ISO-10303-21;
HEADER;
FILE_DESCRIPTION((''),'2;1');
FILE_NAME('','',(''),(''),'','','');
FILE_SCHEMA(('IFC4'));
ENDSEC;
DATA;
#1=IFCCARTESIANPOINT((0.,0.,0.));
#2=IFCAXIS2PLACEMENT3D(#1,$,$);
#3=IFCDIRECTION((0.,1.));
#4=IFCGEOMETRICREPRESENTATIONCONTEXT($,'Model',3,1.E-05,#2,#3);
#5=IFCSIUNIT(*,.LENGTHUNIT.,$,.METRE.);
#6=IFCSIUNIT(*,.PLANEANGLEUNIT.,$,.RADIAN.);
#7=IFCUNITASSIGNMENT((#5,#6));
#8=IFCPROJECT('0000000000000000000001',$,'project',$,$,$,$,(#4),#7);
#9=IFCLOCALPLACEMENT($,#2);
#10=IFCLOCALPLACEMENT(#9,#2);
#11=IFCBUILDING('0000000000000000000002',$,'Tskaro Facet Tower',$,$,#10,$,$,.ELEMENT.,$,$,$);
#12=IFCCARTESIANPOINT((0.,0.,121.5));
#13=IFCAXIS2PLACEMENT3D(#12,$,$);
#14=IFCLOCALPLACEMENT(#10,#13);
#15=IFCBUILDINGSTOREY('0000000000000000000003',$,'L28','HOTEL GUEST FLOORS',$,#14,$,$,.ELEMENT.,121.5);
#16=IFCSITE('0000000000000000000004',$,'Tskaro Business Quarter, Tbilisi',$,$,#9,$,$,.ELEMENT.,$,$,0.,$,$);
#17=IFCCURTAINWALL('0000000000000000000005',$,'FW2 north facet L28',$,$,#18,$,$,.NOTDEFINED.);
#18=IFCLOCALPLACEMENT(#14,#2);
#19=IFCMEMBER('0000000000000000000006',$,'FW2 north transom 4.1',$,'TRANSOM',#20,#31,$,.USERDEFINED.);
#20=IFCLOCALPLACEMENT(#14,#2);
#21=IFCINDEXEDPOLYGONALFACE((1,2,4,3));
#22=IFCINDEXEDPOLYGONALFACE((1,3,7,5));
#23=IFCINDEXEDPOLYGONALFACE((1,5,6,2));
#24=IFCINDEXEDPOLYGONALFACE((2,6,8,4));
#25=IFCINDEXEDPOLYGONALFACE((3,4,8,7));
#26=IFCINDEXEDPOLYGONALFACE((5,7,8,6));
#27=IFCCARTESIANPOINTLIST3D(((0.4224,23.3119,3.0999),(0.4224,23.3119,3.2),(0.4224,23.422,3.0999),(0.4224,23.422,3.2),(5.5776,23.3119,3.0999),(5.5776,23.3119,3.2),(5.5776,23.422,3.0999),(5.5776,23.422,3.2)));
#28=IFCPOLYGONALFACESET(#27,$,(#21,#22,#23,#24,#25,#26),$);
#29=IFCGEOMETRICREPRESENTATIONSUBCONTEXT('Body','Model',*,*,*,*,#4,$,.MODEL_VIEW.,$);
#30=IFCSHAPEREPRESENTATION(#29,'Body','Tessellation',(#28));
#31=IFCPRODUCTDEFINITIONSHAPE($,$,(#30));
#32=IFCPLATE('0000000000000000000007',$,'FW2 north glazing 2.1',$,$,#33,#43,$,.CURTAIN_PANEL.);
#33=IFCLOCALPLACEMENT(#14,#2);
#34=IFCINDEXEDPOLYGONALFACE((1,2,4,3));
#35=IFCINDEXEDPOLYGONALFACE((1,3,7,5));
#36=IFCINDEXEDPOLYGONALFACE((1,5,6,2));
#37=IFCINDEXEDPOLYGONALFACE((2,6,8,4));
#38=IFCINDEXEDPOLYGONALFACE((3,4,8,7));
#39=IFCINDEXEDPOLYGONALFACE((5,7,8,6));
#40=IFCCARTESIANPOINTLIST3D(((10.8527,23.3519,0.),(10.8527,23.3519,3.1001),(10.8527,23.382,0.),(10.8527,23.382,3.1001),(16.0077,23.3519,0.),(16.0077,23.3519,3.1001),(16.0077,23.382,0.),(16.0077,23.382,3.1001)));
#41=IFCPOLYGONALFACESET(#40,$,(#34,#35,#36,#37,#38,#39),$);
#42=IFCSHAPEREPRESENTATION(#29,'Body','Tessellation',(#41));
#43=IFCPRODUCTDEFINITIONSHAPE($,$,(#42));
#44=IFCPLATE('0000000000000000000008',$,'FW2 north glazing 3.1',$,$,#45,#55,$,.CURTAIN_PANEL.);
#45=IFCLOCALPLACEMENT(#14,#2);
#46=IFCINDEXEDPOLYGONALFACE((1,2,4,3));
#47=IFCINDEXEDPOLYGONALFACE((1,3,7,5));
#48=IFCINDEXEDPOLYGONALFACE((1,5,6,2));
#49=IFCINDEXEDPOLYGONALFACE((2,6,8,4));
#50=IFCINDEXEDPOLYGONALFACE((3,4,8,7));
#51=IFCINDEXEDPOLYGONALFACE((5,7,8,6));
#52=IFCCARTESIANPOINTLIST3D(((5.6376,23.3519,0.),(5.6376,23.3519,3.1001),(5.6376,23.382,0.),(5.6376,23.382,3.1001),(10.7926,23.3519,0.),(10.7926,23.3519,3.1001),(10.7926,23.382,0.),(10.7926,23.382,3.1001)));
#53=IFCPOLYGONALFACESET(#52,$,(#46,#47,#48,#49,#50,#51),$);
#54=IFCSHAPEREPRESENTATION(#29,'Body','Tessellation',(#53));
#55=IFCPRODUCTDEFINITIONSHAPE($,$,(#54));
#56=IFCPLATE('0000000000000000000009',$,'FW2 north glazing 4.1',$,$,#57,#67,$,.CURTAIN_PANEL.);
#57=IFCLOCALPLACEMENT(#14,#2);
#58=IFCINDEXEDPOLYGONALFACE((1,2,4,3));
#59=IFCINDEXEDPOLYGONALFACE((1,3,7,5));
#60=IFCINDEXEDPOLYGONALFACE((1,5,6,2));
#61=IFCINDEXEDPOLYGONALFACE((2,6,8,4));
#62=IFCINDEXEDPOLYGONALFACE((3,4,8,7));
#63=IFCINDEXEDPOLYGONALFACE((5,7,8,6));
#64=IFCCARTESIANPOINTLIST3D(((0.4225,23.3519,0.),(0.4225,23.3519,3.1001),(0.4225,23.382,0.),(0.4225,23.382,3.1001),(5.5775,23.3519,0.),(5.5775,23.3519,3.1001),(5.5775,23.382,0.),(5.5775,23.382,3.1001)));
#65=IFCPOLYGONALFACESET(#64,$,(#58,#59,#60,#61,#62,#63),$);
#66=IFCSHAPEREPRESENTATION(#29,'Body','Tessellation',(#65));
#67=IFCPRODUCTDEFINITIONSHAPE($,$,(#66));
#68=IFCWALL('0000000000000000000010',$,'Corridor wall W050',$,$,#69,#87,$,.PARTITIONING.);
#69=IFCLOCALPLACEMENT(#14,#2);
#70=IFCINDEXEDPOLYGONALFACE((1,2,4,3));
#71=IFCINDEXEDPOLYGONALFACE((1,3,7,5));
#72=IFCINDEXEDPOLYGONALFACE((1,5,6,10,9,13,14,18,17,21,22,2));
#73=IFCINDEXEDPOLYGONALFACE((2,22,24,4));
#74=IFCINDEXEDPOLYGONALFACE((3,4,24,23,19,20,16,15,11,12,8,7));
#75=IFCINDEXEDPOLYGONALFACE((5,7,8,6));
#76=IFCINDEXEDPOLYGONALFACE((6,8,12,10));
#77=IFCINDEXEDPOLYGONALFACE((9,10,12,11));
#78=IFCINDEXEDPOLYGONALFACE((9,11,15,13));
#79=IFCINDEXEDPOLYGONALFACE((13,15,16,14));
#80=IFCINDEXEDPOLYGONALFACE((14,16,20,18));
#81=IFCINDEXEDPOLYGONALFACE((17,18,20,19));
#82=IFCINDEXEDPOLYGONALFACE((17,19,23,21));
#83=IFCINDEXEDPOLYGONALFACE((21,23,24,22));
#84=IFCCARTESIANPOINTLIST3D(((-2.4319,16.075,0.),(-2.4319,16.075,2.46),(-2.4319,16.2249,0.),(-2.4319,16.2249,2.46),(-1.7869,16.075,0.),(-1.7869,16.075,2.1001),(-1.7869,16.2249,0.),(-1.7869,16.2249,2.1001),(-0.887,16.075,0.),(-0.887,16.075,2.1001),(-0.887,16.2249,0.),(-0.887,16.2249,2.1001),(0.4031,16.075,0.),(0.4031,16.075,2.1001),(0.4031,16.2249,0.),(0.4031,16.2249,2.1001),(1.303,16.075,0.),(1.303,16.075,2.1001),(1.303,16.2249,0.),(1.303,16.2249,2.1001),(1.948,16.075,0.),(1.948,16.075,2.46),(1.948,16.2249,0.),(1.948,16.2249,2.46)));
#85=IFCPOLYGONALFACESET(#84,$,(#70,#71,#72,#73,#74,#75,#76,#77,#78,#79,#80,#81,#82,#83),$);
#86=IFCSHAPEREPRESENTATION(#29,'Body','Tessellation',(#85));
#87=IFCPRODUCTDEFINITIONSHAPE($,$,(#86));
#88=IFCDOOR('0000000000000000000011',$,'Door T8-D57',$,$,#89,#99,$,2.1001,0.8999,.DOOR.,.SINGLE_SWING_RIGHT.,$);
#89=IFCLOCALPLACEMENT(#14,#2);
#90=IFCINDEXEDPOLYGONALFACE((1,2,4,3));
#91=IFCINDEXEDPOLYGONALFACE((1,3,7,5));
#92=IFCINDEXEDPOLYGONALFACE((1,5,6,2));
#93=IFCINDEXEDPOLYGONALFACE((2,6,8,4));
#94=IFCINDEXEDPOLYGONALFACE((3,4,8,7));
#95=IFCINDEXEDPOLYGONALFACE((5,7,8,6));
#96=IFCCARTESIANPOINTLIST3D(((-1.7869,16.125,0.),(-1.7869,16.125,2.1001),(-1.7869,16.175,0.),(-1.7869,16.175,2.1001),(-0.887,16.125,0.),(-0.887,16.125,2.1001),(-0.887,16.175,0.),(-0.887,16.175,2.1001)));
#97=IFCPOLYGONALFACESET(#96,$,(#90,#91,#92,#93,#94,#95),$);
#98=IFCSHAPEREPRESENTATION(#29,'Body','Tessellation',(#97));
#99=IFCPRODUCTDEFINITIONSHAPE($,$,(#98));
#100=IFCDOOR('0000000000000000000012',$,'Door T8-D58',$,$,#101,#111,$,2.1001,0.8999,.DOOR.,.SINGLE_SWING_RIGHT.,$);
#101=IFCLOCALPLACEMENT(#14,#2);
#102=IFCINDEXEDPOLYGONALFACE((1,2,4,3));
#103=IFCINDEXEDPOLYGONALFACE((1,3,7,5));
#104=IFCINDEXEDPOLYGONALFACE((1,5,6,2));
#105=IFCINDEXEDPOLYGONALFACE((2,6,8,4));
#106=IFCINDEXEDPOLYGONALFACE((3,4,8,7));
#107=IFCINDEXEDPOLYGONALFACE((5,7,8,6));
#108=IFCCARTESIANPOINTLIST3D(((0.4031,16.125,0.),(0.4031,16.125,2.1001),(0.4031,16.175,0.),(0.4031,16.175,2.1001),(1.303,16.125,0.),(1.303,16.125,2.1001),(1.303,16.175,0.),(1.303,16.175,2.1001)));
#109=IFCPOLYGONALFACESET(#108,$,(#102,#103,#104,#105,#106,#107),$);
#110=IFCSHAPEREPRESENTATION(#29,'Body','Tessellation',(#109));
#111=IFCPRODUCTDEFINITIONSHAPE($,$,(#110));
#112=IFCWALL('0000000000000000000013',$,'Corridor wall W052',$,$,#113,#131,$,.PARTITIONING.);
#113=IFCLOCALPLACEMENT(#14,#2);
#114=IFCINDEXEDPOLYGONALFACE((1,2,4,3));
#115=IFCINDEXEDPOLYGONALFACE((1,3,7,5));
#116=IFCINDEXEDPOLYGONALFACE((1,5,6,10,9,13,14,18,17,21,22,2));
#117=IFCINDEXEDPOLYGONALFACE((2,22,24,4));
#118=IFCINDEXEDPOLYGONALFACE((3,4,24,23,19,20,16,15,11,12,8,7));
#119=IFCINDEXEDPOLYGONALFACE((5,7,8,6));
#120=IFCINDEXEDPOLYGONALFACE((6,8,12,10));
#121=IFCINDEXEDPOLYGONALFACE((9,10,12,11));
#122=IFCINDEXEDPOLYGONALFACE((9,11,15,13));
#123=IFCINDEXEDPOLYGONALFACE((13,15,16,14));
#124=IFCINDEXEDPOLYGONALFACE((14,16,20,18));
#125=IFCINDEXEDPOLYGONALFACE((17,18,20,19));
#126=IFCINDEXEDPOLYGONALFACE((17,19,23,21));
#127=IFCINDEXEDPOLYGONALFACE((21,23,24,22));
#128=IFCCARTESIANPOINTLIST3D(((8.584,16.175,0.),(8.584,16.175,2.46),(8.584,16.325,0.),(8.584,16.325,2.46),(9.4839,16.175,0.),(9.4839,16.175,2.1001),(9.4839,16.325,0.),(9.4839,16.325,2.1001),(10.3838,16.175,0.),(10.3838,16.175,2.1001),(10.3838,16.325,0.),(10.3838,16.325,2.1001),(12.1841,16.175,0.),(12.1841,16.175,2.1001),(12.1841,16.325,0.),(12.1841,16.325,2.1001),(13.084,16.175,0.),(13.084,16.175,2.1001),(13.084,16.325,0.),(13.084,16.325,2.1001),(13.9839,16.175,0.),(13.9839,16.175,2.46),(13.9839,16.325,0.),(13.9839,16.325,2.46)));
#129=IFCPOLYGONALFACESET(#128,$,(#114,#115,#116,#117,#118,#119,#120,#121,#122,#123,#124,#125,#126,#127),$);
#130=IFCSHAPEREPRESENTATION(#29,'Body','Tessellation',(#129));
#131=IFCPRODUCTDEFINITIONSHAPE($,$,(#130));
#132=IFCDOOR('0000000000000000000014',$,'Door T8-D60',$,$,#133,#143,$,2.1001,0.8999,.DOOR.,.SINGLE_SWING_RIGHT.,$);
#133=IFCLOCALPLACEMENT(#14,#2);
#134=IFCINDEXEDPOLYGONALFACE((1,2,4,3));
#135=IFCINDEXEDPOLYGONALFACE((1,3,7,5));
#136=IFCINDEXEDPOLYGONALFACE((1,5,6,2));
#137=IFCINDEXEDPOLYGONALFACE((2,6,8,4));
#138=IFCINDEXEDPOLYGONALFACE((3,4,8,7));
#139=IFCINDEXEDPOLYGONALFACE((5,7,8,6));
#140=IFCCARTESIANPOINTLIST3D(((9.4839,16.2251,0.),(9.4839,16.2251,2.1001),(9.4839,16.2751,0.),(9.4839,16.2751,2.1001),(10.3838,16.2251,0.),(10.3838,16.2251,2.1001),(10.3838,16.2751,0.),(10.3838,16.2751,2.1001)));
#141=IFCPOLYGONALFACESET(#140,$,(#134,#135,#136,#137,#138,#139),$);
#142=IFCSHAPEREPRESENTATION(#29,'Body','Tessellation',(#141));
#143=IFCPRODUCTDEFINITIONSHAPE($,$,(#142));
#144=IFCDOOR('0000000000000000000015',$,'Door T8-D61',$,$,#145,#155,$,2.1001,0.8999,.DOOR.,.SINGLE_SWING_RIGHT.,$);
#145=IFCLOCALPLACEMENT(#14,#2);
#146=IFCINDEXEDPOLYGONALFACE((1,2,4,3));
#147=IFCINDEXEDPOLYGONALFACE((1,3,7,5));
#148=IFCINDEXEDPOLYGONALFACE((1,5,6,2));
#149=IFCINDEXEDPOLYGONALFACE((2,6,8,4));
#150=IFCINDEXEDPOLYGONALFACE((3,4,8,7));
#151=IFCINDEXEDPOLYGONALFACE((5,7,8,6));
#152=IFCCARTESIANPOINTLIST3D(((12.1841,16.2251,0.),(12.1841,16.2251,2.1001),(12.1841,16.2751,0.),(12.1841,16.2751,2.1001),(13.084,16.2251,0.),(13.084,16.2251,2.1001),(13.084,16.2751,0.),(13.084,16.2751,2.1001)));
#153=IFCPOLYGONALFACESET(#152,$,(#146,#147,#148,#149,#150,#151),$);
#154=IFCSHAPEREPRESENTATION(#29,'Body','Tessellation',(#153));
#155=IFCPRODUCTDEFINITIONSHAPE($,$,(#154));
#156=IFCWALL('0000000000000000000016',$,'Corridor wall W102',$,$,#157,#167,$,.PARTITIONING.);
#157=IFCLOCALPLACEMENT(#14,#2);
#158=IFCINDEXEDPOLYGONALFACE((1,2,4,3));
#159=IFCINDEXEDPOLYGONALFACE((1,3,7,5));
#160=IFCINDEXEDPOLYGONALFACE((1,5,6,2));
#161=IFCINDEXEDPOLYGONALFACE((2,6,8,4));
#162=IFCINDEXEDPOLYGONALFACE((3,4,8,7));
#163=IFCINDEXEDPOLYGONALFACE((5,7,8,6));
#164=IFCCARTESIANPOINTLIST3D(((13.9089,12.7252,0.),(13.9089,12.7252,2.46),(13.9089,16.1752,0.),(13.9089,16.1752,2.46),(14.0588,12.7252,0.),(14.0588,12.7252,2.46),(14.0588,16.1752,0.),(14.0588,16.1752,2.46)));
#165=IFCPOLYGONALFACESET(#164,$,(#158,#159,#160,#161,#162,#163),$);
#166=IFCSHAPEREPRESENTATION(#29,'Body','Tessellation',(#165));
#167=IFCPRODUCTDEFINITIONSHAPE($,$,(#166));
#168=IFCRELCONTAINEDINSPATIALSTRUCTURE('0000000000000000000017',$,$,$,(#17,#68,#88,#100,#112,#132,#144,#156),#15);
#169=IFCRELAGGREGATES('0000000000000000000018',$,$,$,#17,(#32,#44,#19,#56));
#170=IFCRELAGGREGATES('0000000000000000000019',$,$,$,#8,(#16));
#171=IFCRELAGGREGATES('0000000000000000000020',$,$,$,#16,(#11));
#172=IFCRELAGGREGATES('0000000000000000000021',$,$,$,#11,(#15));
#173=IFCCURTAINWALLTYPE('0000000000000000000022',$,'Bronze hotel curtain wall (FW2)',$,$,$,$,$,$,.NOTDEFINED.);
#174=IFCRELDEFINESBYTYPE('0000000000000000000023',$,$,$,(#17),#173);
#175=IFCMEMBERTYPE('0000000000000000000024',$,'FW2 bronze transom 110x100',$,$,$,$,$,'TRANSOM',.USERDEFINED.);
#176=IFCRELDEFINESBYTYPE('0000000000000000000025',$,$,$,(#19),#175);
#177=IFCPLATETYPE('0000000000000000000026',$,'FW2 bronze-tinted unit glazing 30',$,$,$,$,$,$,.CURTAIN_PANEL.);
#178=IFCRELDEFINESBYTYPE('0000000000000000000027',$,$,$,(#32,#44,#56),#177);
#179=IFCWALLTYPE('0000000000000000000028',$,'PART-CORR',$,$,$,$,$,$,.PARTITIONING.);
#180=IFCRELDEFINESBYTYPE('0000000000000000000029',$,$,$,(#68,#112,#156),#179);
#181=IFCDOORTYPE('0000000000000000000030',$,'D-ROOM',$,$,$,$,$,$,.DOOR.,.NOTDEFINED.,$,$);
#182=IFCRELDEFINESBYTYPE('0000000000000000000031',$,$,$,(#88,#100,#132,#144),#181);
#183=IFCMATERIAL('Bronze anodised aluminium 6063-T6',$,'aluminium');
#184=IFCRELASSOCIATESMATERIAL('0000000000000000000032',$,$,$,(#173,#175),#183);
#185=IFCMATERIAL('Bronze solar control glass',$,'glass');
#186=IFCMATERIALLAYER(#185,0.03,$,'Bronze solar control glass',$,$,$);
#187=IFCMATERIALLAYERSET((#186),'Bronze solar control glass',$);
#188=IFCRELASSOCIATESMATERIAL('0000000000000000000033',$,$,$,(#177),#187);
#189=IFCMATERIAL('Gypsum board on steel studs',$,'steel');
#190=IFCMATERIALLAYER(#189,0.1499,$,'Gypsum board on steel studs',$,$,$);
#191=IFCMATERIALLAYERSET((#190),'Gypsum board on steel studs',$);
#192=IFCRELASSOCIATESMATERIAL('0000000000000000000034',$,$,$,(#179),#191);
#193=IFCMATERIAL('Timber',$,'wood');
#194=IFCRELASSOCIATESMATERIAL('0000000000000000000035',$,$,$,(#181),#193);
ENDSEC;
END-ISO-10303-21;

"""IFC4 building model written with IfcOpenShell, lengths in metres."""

from ifc_helpers import new_model, si_unit, direction, frame, frame_2d, origin, origin_2d, place, context, subcontext, project, spatial, rectangle, extrude, material, layer, layer_set, material_profile, profile_set, type_object, element, fill, aggregate, save


model = new_model("IFC4")

# Units and contexts
model_context = context("Model", 3, precision=1e-05, world=origin(), true_north=direction((0.0, 1.0)))
body_context = subcontext(model_context, "Body", "Model", "MODEL_VIEW")
ifc_project = project(units=[si_unit("LENGTHUNIT", "METRE"), si_unit("PLANEANGLEUNIT", "RADIAN")], contexts=[model_context])

# Site, building, storey
site_placement = place(None, origin())
site = spatial("IfcSite", under=ifc_project, at=site_placement, Name="Tskaro Business Quarter, Tbilisi", CompositionType="ELEMENT", RefElevation=0.0)
building_placement = place(site_placement, origin())
building = spatial("IfcBuilding", under=site, at=building_placement, Name="Tskaro Facet Tower", CompositionType="ELEMENT")
storey_placement = place(building_placement, frame((0.0, 0.0, 121.5)))
storey = spatial("IfcBuildingStorey", under=building, at=storey_placement, Name="L28", Description="HOTEL GUEST FLOORS", CompositionType="ELEMENT", Elevation=121.5)

# Curtain wall, member, plates
ifc_material_1 = material(Name="Bronze anodised aluminium 6063-T6", Category="aluminium")
curtain_wall_type = type_object("IfcCurtainWallType", Name="Bronze hotel curtain wall (FW2)", PredefinedType="NOTDEFINED", material=ifc_material_1)
curtain_wall_placement = place(storey_placement, origin())
curtain_wall = element("IfcCurtainWall", 1, at=curtain_wall_placement, inside=storey, type_object=curtain_wall_type, Name="FW2 north facet L28", PredefinedType="NOTDEFINED")
ifc_material_profile_1 = material_profile(ifc_material_1, rectangle(XDim=0.1101, YDim=0.1001, at=origin_2d()), Name="Transom 110x100")
ifc_profile_set_1 = profile_set([ifc_material_profile_1], Name="Bronze anodised aluminium 6063-T6")
member_type_1 = type_object("IfcMemberType", Name="FW2 bronze transom 110x100", ElementType="TRANSOM", PredefinedType="USERDEFINED", material=ifc_profile_set_1)
member_1_placement = place(storey_placement, frame((5.5776, 23.3669, 3.1499), z_axis=(-1.0, 0.0, 0.0), x_axis=(0.0, -1.0, 0.0)))
member_1 = element("IfcMember", 2, at=member_1_placement, type_object=member_type_1, Name="FW2 north transom 4.1", ObjectType="TRANSOM", PredefinedType="USERDEFINED", context=body_context, shape_type="SweptSolid", body=[
    extrude(rectangle(XDim=0.1101, YDim=0.1001, at=origin_2d()), origin(), (0.0, 0.0, 1.0), 5.1553),
])
ifc_material_2 = material(Name="Bronze solar control glass", Category="glass")
ifc_layer_1 = layer(ifc_material_2, 0.03, Name="Bronze solar control glass")
ifc_layer_set_1 = layer_set([ifc_layer_1], Name="Bronze solar control glass")
plate_type = type_object("IfcPlateType", Name="FW2 bronze-tinted unit glazing 30", PredefinedType="CURTAIN_PANEL", material=ifc_layer_set_1)
plate_1_placement = place(storey_placement, frame((13.4302, 23.3669, 0.0), z_axis=(0.0, 0.0, 1.0), x_axis=(-1.0, 0.0, 0.0)))
plate_1 = element("IfcPlate", 3, at=plate_1_placement, type_object=plate_type, Name="FW2 north glazing 2.1", PredefinedType="CURTAIN_PANEL", context=body_context, shape_type="SweptSolid", body=[
    extrude(rectangle(XDim=5.155, YDim=0.03, at=origin_2d()), origin(), (0.0, 0.0, 1.0), 3.1001),
])
plate_2_placement = place(storey_placement, frame((8.2151, 23.3669, 0.0), z_axis=(0.0, 0.0, 1.0), x_axis=(-1.0, 0.0, 0.0)))
plate_2 = element("IfcPlate", 4, at=plate_2_placement, type_object=plate_type, Name="FW2 north glazing 3.1", PredefinedType="CURTAIN_PANEL", context=body_context, shape_type="SweptSolid", body=[
    extrude(rectangle(XDim=5.155, YDim=0.03, at=origin_2d()), origin(), (0.0, 0.0, 1.0), 3.1001),
])
plate_3_placement = place(storey_placement, frame((3.0, 23.3669, 0.0), z_axis=(0.0, 0.0, 1.0), x_axis=(-1.0, 0.0, 0.0)))
plate_3 = element("IfcPlate", 5, at=plate_3_placement, type_object=plate_type, Name="FW2 north glazing 4.1", PredefinedType="CURTAIN_PANEL", context=body_context, shape_type="SweptSolid", body=[
    extrude(rectangle(XDim=5.155, YDim=0.03, at=origin_2d()), origin(), (0.0, 0.0, 1.0), 3.1001),
])
aggregate(curtain_wall, [plate_1, plate_2, member_1, plate_3])

# Walls, openings, doors
ifc_material_3 = material(Name="Gypsum board on steel studs", Category="steel")
ifc_layer_2 = layer(ifc_material_3, 0.1499, Name="Gypsum board on steel studs")
ifc_layer_set_2 = layer_set([ifc_layer_2], Name="Gypsum board on steel studs")
wall_type_1 = type_object("IfcWallType", Name="PART-CORR", PredefinedType="PARTITIONING", material=ifc_layer_set_2)
wall_1_placement = place(storey_placement, frame((1.948, 16.1499, 0.0), z_axis=(0.0, 0.0, 1.0), x_axis=(-1.0, 0.0, 0.0)))
wall_1 = element("IfcWall", 6, at=wall_1_placement, inside=storey, type_object=wall_type_1, Name="Corridor wall W050", PredefinedType="PARTITIONING", context=body_context, shape_type="SweptSolid", body=[
    extrude(rectangle(XDim=4.3799, YDim=0.1499, at=frame_2d((2.1899, 0.0))), origin(), (0.0, 0.0, 1.0), 2.46),
])
opening_1_placement = place(wall_1_placement, frame((2.835, 0.0, 0.0)))
opening_1 = element("IfcOpeningElement", 7, at=opening_1_placement, cuts=wall_1, PredefinedType="OPENING", context=body_context, shape_type="SweptSolid", body=[
    extrude(rectangle(XDim=0.8999, YDim=2.1001, at=frame_2d((0.45, 1.05))), frame((0.0, 0.085, 0.0), z_axis=(0.0, -1.0, 0.0), x_axis=(1.0, 0.0, 0.0)), (0.0, 0.0, 1.0), 0.1699),
])
opening_2_placement = place(wall_1_placement, frame((0.645, 0.0, 0.0)))
opening_2 = element("IfcOpeningElement", 8, at=opening_2_placement, cuts=wall_1, PredefinedType="OPENING", context=body_context, shape_type="SweptSolid", body=[
    extrude(rectangle(XDim=0.8999, YDim=2.1001, at=frame_2d((0.45, 1.05))), frame((0.0, 0.085, 0.0), z_axis=(0.0, -1.0, 0.0), x_axis=(1.0, 0.0, 0.0)), (0.0, 0.0, 1.0), 0.1699),
])
ifc_material_4 = material(Name="Timber", Category="wood")
door_type = type_object("IfcDoorType", Name="D-ROOM", OperationType="NOTDEFINED", PredefinedType="DOOR", material=ifc_material_4)
door_1_placement = place(opening_1_placement, origin())
door_1 = element("IfcDoor", 9, at=door_1_placement, inside=storey, type_object=door_type, Name="Door T8-D57", OperationType="SINGLE_SWING_RIGHT", OverallHeight=2.1001, OverallWidth=0.8999, PredefinedType="DOOR", context=body_context, shape_type="SweptSolid", body=[
    extrude(rectangle(XDim=0.8999, YDim=2.1001, at=frame_2d((0.45, 1.05))), frame((0.0, 0.0249, 0.0), z_axis=(0.0, -1.0, 0.0), x_axis=(1.0, 0.0, 0.0)), (0.0, 0.0, 1.0), 0.05),
])
fill(opening_1, door_1)
door_2_placement = place(opening_2_placement, origin())
door_2 = element("IfcDoor", 10, at=door_2_placement, inside=storey, type_object=door_type, Name="Door T8-D58", OperationType="SINGLE_SWING_RIGHT", OverallHeight=2.1001, OverallWidth=0.8999, PredefinedType="DOOR", context=body_context, shape_type="SweptSolid", body=[
    extrude(rectangle(XDim=0.8999, YDim=2.1001, at=frame_2d((0.45, 1.05))), frame((0.0, 0.0249, 0.0), z_axis=(0.0, -1.0, 0.0), x_axis=(1.0, 0.0, 0.0)), (0.0, 0.0, 1.0), 0.05),
])
fill(opening_2, door_2)
wall_2_placement = place(storey_placement, frame((13.9839, 16.25, 0.0), z_axis=(0.0, 0.0, 1.0), x_axis=(-1.0, 0.0, 0.0)))
wall_2 = element("IfcWall", 11, at=wall_2_placement, inside=storey, type_object=wall_type_1, Name="Corridor wall W052", PredefinedType="PARTITIONING", context=body_context, shape_type="SweptSolid", body=[
    extrude(rectangle(XDim=5.3999, YDim=0.1499, at=frame_2d((2.7, 0.0))), origin(), (0.0, 0.0, 1.0), 2.46),
])
opening_3_placement = place(wall_2_placement, frame((3.6001, 0.0, 0.0)))
opening_3 = element("IfcOpeningElement", 12, at=opening_3_placement, cuts=wall_2, PredefinedType="OPENING", context=body_context, shape_type="SweptSolid", body=[
    extrude(rectangle(XDim=0.8999, YDim=2.1001, at=frame_2d((0.45, 1.05))), frame((0.0, 0.085, 0.0), z_axis=(0.0, -1.0, 0.0), x_axis=(1.0, 0.0, 0.0)), (0.0, 0.0, 1.0), 0.1699),
])
opening_4_placement = place(wall_2_placement, frame((0.8999, 0.0, 0.0)))
opening_4 = element("IfcOpeningElement", 13, at=opening_4_placement, cuts=wall_2, PredefinedType="OPENING", context=body_context, shape_type="SweptSolid", body=[
    extrude(rectangle(XDim=0.8999, YDim=2.1001, at=frame_2d((0.45, 1.05))), frame((0.0, 0.085, 0.0), z_axis=(0.0, -1.0, 0.0), x_axis=(1.0, 0.0, 0.0)), (0.0, 0.0, 1.0), 0.1699),
])
door_3_placement = place(opening_3_placement, origin())
door_3 = element("IfcDoor", 14, at=door_3_placement, inside=storey, type_object=door_type, Name="Door T8-D60", OperationType="SINGLE_SWING_RIGHT", OverallHeight=2.1001, OverallWidth=0.8999, PredefinedType="DOOR", context=body_context, shape_type="SweptSolid", body=[
    extrude(rectangle(XDim=0.8999, YDim=2.1001, at=frame_2d((0.45, 1.05))), frame((0.0, 0.0249, 0.0), z_axis=(0.0, -1.0, 0.0), x_axis=(1.0, 0.0, 0.0)), (0.0, 0.0, 1.0), 0.05),
])
fill(opening_3, door_3)
door_4_placement = place(opening_4_placement, origin())
door_4 = element("IfcDoor", 15, at=door_4_placement, inside=storey, type_object=door_type, Name="Door T8-D61", OperationType="SINGLE_SWING_RIGHT", OverallHeight=2.1001, OverallWidth=0.8999, PredefinedType="DOOR", context=body_context, shape_type="SweptSolid", body=[
    extrude(rectangle(XDim=0.8999, YDim=2.1001, at=frame_2d((0.45, 1.05))), frame((0.0, 0.0249, 0.0), z_axis=(0.0, -1.0, 0.0), x_axis=(1.0, 0.0, 0.0)), (0.0, 0.0, 1.0), 0.05),
])
fill(opening_4, door_4)

# Wall
wall_3_placement = place(storey_placement, frame((13.9839, 12.7251, 0.0), z_axis=(0.0, 0.0, 1.0), x_axis=(0.0, 1.0, 0.0)))
element("IfcWall", 16, at=wall_3_placement, inside=storey, type_object=wall_type_1, Name="Corridor wall W102", PredefinedType="PARTITIONING", context=body_context, shape_type="SweptSolid", body=[
    extrude(rectangle(XDim=3.45, YDim=0.1499, at=frame_2d((1.7251, 0.0))), origin(), (0.0, 0.0, 1.0), 2.46),
])

save(model, "model.ifc")
